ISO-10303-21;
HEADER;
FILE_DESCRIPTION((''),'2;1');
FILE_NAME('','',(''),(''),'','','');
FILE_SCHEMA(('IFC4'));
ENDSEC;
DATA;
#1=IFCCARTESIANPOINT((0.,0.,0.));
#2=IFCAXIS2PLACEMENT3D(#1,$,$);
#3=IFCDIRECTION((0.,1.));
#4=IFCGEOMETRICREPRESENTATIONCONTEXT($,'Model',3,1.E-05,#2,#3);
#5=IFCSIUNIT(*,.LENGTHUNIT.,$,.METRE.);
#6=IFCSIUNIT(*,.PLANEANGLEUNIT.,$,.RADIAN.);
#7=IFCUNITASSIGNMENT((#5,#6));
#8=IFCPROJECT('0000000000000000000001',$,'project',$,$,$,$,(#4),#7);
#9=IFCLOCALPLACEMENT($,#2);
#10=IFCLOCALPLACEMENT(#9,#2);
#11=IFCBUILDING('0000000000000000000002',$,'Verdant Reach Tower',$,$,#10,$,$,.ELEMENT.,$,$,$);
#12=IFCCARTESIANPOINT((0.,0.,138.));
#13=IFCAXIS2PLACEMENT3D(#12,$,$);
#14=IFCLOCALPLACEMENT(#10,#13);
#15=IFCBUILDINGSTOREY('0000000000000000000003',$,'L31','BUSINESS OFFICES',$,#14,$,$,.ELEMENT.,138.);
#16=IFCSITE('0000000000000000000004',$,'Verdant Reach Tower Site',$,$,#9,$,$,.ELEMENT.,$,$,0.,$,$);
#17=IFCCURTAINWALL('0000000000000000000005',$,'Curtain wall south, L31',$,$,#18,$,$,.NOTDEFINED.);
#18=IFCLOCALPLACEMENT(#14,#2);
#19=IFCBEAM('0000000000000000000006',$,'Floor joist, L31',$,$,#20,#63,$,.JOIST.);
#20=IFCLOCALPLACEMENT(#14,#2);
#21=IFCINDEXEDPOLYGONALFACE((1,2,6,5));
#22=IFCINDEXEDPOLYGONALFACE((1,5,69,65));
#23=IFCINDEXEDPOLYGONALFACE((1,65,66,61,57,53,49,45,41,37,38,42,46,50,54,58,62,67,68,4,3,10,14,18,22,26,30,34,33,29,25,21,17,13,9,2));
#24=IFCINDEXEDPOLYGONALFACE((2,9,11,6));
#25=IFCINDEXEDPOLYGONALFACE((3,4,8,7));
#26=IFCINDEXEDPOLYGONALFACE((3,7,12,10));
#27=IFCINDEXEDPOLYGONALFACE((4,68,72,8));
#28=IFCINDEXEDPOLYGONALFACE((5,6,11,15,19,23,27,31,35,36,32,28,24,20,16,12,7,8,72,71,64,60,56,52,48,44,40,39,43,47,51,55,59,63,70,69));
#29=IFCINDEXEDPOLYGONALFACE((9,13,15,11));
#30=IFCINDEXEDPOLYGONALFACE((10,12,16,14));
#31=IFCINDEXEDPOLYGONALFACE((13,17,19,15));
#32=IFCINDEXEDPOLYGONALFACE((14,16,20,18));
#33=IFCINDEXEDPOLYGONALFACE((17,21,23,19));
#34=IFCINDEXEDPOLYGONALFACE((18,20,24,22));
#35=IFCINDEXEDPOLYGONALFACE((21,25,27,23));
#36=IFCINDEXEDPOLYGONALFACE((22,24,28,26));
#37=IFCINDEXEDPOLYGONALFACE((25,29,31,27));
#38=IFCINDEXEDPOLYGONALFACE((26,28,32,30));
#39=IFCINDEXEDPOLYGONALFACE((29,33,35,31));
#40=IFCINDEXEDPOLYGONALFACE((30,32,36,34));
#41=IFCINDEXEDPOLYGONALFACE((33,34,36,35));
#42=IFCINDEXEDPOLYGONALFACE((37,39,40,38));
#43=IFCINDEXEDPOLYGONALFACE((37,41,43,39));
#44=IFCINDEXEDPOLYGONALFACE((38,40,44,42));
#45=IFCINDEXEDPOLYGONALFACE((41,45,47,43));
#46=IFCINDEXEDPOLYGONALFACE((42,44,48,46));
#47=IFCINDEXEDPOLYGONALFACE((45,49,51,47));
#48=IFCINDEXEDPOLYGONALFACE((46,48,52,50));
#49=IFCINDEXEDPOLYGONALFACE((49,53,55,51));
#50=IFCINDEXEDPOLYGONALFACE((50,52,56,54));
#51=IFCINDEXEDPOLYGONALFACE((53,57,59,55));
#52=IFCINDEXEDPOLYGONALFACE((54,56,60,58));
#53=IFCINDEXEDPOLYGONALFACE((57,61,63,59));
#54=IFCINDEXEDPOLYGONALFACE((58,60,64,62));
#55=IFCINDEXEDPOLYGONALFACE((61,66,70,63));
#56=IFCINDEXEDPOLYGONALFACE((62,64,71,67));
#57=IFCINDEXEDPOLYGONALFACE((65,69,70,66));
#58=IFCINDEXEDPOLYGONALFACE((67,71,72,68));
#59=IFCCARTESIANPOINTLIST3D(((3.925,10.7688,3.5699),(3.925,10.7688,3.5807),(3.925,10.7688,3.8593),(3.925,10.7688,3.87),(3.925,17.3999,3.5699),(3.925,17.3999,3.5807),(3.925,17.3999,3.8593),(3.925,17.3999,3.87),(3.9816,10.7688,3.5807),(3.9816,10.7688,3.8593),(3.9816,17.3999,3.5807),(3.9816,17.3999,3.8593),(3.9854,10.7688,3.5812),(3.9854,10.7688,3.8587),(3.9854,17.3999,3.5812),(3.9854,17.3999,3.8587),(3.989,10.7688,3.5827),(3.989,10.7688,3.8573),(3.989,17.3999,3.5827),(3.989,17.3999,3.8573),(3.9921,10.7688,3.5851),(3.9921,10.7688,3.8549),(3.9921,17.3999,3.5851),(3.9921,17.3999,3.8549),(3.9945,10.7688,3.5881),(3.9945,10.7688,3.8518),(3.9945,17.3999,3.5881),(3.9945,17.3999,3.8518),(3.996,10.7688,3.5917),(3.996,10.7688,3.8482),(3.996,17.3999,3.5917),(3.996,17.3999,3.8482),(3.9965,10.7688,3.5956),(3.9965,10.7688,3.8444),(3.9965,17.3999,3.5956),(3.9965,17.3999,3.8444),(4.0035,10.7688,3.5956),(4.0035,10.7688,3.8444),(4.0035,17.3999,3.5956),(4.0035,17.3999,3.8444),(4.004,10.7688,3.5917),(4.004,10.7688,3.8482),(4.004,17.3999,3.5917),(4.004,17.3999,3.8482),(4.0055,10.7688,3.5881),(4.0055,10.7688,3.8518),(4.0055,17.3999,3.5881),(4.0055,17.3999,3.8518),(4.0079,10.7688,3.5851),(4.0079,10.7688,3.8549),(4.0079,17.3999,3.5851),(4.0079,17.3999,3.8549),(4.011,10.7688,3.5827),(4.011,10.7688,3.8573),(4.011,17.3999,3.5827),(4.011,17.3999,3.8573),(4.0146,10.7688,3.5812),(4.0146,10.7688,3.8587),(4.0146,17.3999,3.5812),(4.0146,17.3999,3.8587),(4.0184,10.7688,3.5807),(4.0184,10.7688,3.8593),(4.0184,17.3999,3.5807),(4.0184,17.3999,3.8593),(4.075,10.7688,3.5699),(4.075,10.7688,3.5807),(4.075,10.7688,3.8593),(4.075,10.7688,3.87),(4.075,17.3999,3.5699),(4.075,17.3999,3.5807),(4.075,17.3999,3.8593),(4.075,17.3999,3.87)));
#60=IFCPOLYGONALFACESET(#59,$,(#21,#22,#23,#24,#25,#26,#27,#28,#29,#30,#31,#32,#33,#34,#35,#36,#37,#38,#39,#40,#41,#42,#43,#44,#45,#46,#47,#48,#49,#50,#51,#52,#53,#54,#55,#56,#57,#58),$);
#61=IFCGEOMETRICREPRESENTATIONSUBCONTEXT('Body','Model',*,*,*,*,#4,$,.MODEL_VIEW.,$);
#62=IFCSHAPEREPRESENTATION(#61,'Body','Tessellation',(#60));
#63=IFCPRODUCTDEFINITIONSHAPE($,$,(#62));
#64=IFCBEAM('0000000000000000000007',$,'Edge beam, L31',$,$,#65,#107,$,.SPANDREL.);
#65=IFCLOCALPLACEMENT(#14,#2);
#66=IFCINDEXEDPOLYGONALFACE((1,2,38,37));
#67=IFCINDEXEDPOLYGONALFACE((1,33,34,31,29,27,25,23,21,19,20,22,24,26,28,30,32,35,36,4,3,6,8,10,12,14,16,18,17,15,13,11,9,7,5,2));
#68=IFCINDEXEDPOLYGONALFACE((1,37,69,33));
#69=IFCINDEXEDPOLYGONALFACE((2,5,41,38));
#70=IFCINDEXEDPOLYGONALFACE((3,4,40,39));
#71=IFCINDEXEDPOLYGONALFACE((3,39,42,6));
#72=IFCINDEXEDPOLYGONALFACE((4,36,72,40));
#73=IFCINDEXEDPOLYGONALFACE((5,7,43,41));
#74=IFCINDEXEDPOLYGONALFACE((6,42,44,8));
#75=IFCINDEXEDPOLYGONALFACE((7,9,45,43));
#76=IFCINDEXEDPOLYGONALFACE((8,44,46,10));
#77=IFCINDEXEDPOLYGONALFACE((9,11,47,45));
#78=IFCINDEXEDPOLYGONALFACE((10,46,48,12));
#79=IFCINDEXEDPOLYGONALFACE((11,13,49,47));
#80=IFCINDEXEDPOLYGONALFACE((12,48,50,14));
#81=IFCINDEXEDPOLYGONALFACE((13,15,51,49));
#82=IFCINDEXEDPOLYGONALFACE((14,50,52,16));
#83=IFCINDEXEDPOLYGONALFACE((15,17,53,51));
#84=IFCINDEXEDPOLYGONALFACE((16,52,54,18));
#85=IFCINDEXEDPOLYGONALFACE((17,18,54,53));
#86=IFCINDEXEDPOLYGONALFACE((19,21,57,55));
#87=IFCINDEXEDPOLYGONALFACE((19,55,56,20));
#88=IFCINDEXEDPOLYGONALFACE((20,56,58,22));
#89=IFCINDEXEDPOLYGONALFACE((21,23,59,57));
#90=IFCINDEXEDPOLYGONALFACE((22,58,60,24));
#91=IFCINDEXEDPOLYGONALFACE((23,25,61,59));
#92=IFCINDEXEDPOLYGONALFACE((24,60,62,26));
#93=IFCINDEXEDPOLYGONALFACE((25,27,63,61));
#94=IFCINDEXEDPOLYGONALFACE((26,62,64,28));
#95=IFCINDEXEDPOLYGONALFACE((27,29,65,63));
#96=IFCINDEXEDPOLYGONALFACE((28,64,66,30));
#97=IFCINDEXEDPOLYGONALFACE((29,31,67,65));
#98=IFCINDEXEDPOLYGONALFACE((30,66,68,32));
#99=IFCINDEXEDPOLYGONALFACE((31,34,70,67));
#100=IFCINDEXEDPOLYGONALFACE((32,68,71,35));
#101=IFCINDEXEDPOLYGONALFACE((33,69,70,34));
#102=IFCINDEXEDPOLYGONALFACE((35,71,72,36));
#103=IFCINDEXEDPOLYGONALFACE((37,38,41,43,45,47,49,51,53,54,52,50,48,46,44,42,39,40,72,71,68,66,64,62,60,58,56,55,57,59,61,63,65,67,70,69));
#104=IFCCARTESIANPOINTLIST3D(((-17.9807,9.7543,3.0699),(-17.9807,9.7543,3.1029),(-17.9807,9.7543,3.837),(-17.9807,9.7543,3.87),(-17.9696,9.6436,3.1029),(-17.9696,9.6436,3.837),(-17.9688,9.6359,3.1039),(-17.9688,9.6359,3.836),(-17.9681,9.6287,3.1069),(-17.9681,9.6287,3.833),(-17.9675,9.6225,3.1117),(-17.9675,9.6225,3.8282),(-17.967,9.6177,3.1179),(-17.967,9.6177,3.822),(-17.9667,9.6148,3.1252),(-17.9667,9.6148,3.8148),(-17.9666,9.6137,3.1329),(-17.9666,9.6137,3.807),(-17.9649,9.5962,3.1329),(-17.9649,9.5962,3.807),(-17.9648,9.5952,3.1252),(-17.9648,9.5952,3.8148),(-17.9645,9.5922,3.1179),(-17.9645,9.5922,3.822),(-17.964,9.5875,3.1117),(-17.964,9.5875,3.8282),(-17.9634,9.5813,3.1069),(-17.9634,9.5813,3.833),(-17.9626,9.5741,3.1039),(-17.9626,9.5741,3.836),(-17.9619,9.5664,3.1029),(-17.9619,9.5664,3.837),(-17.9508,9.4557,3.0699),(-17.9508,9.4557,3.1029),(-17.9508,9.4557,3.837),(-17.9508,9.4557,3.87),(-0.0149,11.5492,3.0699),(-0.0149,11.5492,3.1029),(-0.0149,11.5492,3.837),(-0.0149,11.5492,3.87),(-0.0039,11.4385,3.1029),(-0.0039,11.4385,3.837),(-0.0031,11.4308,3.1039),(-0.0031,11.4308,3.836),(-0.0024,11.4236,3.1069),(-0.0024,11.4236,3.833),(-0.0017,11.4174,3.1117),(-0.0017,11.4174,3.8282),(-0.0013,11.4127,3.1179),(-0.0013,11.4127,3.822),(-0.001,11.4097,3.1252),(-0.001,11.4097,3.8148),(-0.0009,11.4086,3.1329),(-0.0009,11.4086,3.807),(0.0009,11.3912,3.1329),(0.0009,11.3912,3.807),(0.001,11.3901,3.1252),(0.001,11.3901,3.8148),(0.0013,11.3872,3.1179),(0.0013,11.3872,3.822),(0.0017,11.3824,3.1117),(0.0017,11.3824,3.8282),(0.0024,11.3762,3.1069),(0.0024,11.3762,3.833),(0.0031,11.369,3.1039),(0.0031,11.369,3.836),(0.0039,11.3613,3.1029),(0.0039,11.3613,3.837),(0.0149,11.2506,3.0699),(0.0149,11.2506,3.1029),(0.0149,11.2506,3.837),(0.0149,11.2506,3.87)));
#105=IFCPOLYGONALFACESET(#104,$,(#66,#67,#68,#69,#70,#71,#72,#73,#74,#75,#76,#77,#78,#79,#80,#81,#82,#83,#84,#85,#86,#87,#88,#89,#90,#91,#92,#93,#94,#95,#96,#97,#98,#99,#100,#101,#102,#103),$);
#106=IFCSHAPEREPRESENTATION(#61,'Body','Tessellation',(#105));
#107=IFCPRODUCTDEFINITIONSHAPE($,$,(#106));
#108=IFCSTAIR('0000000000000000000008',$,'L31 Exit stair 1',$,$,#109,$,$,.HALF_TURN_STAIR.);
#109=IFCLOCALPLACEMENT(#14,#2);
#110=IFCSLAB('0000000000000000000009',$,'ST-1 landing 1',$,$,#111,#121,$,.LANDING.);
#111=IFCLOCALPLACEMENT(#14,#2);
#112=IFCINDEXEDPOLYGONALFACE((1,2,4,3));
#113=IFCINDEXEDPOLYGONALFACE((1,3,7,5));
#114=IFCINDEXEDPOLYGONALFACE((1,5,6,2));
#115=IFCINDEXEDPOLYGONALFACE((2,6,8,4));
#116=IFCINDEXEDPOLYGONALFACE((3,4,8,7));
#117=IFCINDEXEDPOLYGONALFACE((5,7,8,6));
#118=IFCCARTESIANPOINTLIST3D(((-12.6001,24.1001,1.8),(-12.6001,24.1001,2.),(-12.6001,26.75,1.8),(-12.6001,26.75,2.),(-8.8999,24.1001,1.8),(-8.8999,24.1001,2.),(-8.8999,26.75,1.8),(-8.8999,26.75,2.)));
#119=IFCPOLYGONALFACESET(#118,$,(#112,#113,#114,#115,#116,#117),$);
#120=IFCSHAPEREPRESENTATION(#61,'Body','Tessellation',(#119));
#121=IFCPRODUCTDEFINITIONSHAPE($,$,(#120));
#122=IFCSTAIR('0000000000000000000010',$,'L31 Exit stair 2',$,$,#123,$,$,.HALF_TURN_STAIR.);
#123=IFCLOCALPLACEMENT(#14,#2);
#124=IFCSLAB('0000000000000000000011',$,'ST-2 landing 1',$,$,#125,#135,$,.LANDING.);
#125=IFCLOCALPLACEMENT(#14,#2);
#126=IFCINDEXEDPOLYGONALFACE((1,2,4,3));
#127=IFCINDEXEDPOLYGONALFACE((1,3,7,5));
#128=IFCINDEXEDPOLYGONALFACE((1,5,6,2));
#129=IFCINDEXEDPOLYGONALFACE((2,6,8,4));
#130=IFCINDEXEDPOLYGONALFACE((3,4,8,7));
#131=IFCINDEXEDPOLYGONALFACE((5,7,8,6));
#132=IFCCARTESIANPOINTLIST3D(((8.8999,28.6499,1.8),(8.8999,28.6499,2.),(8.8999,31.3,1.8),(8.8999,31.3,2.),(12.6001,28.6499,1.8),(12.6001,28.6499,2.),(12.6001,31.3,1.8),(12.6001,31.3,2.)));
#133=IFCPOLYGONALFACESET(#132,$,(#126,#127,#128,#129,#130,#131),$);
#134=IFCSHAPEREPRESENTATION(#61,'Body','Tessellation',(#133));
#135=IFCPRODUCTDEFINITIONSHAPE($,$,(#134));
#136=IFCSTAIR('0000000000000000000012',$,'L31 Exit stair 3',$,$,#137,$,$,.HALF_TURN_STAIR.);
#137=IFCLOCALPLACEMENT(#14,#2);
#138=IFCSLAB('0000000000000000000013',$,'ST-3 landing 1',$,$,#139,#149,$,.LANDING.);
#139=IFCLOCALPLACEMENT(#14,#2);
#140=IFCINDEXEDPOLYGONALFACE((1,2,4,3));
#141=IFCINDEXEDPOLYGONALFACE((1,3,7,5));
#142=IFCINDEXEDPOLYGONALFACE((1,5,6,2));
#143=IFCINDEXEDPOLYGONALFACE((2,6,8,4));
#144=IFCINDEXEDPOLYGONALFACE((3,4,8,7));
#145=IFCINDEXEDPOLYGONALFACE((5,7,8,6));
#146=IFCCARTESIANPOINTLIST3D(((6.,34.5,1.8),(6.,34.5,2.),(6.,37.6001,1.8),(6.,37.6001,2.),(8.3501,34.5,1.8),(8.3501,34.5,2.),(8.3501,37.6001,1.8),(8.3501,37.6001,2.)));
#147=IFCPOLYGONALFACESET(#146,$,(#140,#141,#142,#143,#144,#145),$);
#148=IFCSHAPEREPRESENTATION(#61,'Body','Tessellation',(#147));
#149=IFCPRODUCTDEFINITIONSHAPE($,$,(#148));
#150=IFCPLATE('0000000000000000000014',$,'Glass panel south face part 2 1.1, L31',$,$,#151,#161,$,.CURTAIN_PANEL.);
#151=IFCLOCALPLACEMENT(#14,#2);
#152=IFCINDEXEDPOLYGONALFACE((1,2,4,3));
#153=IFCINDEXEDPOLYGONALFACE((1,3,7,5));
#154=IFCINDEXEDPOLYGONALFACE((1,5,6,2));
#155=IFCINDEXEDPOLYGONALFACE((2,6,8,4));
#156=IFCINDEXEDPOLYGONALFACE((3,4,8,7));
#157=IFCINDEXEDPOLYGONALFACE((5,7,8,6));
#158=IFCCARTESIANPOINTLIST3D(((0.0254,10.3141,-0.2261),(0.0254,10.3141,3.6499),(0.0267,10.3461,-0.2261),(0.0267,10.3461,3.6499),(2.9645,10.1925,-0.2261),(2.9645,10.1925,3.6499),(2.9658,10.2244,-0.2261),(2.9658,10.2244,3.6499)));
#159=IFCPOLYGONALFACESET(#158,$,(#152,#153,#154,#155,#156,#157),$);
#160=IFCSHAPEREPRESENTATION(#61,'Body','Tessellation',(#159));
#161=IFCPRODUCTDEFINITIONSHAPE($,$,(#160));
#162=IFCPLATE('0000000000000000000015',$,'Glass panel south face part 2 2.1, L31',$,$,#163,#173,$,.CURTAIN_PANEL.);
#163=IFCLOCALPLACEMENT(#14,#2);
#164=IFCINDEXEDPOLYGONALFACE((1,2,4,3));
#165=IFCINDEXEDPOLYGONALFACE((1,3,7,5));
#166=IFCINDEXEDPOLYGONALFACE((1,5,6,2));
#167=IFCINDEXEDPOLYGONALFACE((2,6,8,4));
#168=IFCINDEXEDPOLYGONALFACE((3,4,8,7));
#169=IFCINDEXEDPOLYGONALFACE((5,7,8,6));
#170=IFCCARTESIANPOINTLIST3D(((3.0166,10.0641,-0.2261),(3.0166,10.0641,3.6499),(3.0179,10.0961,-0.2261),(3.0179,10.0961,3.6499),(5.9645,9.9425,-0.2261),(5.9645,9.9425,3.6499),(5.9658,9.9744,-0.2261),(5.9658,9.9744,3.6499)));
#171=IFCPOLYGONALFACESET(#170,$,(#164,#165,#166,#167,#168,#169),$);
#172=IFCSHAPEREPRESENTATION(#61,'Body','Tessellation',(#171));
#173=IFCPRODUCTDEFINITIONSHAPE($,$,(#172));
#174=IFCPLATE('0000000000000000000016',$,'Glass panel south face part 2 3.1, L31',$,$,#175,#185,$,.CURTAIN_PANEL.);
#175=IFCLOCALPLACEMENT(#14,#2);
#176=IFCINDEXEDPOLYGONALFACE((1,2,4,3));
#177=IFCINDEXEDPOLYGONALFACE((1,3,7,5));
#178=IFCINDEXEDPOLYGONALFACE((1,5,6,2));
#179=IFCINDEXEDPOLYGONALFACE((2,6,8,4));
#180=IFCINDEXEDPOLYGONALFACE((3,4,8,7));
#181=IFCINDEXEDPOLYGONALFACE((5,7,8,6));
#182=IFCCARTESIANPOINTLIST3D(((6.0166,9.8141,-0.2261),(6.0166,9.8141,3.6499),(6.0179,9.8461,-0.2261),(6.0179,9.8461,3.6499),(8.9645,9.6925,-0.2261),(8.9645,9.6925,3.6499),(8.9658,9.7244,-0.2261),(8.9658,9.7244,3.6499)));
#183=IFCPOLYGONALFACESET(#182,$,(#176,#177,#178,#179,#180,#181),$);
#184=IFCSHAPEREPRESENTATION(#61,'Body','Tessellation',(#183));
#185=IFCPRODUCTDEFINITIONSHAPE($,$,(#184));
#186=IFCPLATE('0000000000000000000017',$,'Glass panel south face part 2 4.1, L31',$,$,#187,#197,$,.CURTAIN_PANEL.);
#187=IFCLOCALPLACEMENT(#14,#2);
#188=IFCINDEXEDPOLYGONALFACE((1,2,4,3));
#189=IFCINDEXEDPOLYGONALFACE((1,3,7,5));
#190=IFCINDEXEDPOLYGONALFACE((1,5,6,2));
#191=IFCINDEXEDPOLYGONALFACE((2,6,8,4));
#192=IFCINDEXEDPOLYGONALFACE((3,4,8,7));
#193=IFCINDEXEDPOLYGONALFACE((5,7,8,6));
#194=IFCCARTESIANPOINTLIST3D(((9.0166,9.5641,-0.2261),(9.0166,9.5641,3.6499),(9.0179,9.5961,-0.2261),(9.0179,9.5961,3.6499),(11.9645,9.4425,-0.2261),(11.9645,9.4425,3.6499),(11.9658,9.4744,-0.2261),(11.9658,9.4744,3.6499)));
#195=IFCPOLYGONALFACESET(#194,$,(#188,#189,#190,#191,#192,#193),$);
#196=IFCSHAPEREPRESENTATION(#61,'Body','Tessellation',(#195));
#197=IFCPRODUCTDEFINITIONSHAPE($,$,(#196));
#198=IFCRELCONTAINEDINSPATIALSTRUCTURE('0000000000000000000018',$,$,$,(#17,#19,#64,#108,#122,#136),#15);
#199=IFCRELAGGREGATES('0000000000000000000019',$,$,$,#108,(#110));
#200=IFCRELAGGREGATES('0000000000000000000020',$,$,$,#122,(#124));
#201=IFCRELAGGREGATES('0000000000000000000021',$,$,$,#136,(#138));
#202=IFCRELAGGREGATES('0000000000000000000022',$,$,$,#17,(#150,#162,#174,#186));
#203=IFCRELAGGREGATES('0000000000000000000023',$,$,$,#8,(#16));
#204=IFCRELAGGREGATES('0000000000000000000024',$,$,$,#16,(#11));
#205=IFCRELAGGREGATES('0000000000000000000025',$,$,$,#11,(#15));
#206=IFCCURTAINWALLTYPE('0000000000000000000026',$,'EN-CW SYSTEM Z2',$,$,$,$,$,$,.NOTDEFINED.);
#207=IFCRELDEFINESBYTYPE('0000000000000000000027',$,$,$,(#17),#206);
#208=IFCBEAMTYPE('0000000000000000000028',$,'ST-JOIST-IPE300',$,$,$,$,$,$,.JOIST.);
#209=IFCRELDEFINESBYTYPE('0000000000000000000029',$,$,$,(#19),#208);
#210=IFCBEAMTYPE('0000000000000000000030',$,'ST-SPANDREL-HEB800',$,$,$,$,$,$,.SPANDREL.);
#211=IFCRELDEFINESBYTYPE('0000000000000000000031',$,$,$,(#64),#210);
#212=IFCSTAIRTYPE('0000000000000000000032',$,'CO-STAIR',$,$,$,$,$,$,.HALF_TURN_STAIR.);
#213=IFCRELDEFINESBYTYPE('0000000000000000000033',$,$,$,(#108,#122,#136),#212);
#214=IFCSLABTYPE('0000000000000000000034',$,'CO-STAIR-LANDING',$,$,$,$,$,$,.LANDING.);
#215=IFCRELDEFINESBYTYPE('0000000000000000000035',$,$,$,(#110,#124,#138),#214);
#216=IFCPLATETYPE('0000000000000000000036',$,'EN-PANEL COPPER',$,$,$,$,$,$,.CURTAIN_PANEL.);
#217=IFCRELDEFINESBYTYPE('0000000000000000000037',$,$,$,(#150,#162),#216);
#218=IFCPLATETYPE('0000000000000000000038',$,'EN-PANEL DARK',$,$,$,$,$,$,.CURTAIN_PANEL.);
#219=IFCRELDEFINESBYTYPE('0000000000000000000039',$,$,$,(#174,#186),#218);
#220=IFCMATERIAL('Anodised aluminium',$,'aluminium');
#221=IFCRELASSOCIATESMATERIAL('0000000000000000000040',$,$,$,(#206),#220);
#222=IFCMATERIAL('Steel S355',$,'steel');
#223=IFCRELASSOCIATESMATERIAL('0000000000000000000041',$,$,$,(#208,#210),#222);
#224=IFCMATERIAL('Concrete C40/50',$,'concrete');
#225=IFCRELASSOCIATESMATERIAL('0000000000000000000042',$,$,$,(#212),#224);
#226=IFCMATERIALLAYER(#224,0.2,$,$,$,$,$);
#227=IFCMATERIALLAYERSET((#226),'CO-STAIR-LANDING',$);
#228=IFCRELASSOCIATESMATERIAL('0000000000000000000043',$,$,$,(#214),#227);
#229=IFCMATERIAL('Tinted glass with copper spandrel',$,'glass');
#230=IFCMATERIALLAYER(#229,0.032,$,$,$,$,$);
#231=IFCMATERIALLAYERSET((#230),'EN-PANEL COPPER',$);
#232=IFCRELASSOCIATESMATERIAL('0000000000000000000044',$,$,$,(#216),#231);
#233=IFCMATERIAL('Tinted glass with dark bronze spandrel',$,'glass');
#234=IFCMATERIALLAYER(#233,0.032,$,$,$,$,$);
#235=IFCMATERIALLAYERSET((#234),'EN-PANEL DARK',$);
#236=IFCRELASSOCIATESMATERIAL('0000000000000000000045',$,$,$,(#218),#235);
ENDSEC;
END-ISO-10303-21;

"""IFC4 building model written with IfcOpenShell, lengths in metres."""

from ifc_helpers import new_model, si_unit, direction, frame, origin, origin_2d, place, context, subcontext, project, spatial, polyline, rectangle, i_section, outline, extrude, material, layer, layer_set, material_profile, profile_set, type_object, element, aggregate, save


model = new_model("IFC4")

# Units and contexts
model_context = context("Model", 3, precision=1e-05, world=origin(), true_north=direction((0.0, 1.0)))
body_context = subcontext(model_context, "Body", "Model", "MODEL_VIEW")
ifc_project = project(units=[si_unit("LENGTHUNIT", "METRE"), si_unit("PLANEANGLEUNIT", "RADIAN")], contexts=[model_context])

# Site, building, storey
site_placement = place(None, origin())
site = spatial("IfcSite", under=ifc_project, at=site_placement, Name="Verdant Reach Tower Site", CompositionType="ELEMENT", RefElevation=0.0)
building_placement = place(site_placement, origin())
building = spatial("IfcBuilding", under=site, at=building_placement, Name="Verdant Reach Tower", CompositionType="ELEMENT")
storey_placement = place(building_placement, frame((0.0, 0.0, 138.0)))
storey = spatial("IfcBuildingStorey", under=building, at=storey_placement, Name="L31", Description="BUSINESS OFFICES", CompositionType="ELEMENT", Elevation=138.0)

# Curtain wall
ifc_material_1 = material(Name="Anodised aluminium", Category="aluminium")
curtain_wall_type = type_object("IfcCurtainWallType", Name="EN-CW SYSTEM Z2", PredefinedType="NOTDEFINED", material=ifc_material_1)
curtain_wall_placement = place(storey_placement, origin())
curtain_wall = element("IfcCurtainWall", 1, at=curtain_wall_placement, inside=storey, type_object=curtain_wall_type, Name="Curtain wall south, L31", PredefinedType="NOTDEFINED")

# Beams
ifc_material_2 = material(Name="Steel S355", Category="steel")
ifc_material_profile_1 = material_profile(ifc_material_2, i_section(OverallWidth=0.1499, OverallDepth=0.3, WebThickness=0.0071, FlangeThickness=0.0107, FilletRadius=0.0149, at=origin_2d()), Name="IPE 300")
ifc_profile_set_1 = profile_set([ifc_material_profile_1], Name="Steel S355")
beam_type_1 = type_object("IfcBeamType", Name="ST-JOIST-IPE300", PredefinedType="JOIST", material=ifc_profile_set_1)
beam_1_placement = place(storey_placement, frame((4.0, 17.3999, 3.72), z_axis=(0.0, -1.0, 0.0), x_axis=(1.0, 0.0, 0.0)))
element("IfcBeam", 2, at=beam_1_placement, inside=storey, type_object=beam_type_1, Name="Floor joist, L31", PredefinedType="JOIST", context=body_context, shape_type="SweptSolid", body=[
    extrude(i_section(OverallWidth=0.1499, OverallDepth=0.3, WebThickness=0.0071, FlangeThickness=0.0107, FilletRadius=0.0149, at=origin_2d()), origin(), (0.0, 0.0, 1.0), 6.6311),
])
ifc_material_profile_2 = material_profile(ifc_material_2, i_section(OverallWidth=0.3, OverallDepth=0.8, WebThickness=0.0176, FlangeThickness=0.033, FilletRadius=0.03, at=origin_2d()), Name="HEB 800")
ifc_profile_set_2 = profile_set([ifc_material_profile_2], Name="Steel S355")
beam_type_2 = type_object("IfcBeamType", Name="ST-SPANDREL-HEB800", PredefinedType="SPANDREL", material=ifc_profile_set_2)
beam_2_placement = place(storey_placement, frame((0.0, 11.3999, 3.47), z_axis=(-0.995046, -0.099413, 0.0), x_axis=(0.099413, -0.995046, 0.0)))
element("IfcBeam", 3, at=beam_2_placement, inside=storey, type_object=beam_type_2, Name="Edge beam, L31", PredefinedType="SPANDREL", context=body_context, shape_type="SweptSolid", body=[
    extrude(i_section(OverallWidth=0.3, OverallDepth=0.8, WebThickness=0.0176, FlangeThickness=0.033, FilletRadius=0.03, at=origin_2d()), origin(), (0.0, 0.0, 1.0), 18.0552),
])

# Stairs, slabs
ifc_material_3 = material(Name="Concrete C40/50", Category="concrete")
stair_type = type_object("IfcStairType", Name="CO-STAIR", PredefinedType="HALF_TURN_STAIR", material=ifc_material_3)
stair_1_placement = place(storey_placement, origin())
stair_1 = element("IfcStair", 4, at=stair_1_placement, inside=storey, type_object=stair_type, Name="L31 Exit stair 1", PredefinedType="HALF_TURN_STAIR")
ifc_layer_1 = layer(ifc_material_3, 0.2)
ifc_layer_set_1 = layer_set([ifc_layer_1], Name="CO-STAIR-LANDING")
slab_type = type_object("IfcSlabType", Name="CO-STAIR-LANDING", PredefinedType="LANDING", material=ifc_layer_set_1)
slab_1_placement = place(storey_placement, frame((0.0, 0.0, 1.8)))
slab_1 = element("IfcSlab", 5, at=slab_1_placement, type_object=slab_type, Name="ST-1 landing 1", PredefinedType="LANDING", context=body_context, shape_type="SweptSolid", body=[
    extrude(outline(polyline([(-12.6001, 26.75), (-12.6001, 24.1001), (-8.8999, 24.1001), (-8.8999, 26.75), (-12.6001, 26.75)])), origin(), (0.0, 0.0, 1.0), 0.2),
])
aggregate(stair_1, [slab_1])
stair_2_placement = place(storey_placement, origin())
stair_2 = element("IfcStair", 6, at=stair_2_placement, inside=storey, type_object=stair_type, Name="L31 Exit stair 2", PredefinedType="HALF_TURN_STAIR")
slab_2_placement = place(storey_placement, frame((0.0, 0.0, 1.8)))
slab_2 = element("IfcSlab", 7, at=slab_2_placement, type_object=slab_type, Name="ST-2 landing 1", PredefinedType="LANDING", context=body_context, shape_type="SweptSolid", body=[
    extrude(outline(polyline([(12.6001, 28.6499), (12.6001, 31.3), (8.8999, 31.3), (8.8999, 28.6499), (12.6001, 28.6499)])), origin(), (0.0, 0.0, 1.0), 0.2),
])
aggregate(stair_2, [slab_2])
stair_3_placement = place(storey_placement, origin())
stair_3 = element("IfcStair", 8, at=stair_3_placement, inside=storey, type_object=stair_type, Name="L31 Exit stair 3", PredefinedType="HALF_TURN_STAIR")
slab_3_placement = place(storey_placement, frame((0.0, 0.0, 1.8)))
slab_3 = element("IfcSlab", 9, at=slab_3_placement, type_object=slab_type, Name="ST-3 landing 1", PredefinedType="LANDING", context=body_context, shape_type="SweptSolid", body=[
    extrude(outline(polyline([(8.3501, 37.6001), (6.0, 37.6001), (6.0, 34.5), (8.3501, 34.5), (8.3501, 37.6001)])), origin(), (0.0, 0.0, 1.0), 0.2),
])
aggregate(stair_3, [slab_3])

# Plates
ifc_material_4 = material(Name="Tinted glass with copper spandrel", Category="glass")
ifc_layer_2 = layer(ifc_material_4, 0.032)
ifc_layer_set_2 = layer_set([ifc_layer_2], Name="EN-PANEL COPPER")
plate_type_1 = type_object("IfcPlateType", Name="EN-PANEL COPPER", PredefinedType="CURTAIN_PANEL", material=ifc_layer_set_2)
plate_1_placement = place(storey_placement, frame((1.4956, 10.2693, -0.2261), z_axis=(0.0, 0.0, 1.0), x_axis=(0.999144, -0.041364, 0.0)))
plate_1 = element("IfcPlate", 10, at=plate_1_placement, type_object=plate_type_1, Name="Glass panel south face part 2 1.1, L31", PredefinedType="CURTAIN_PANEL", context=body_context, shape_type="SweptSolid", body=[
    extrude(rectangle(XDim=2.9417, YDim=0.032, at=origin_2d()), origin(), (0.0, 0.0, 1.0), 3.876),
])
plate_2_placement = place(storey_placement, frame((4.4912, 10.0193, -0.2261), z_axis=(0.0, 0.0, 1.0), x_axis=(0.999149, -0.041242, 0.0)))
plate_2 = element("IfcPlate", 11, at=plate_2_placement, type_object=plate_type_1, Name="Glass panel south face part 2 2.1, L31", PredefinedType="CURTAIN_PANEL", context=body_context, shape_type="SweptSolid", body=[
    extrude(rectangle(XDim=2.9504, YDim=0.032, at=origin_2d()), origin(), (0.0, 0.0, 1.0), 3.876),
])
ifc_material_5 = material(Name="Tinted glass with dark bronze spandrel", Category="glass")
ifc_layer_3 = layer(ifc_material_5, 0.032)
ifc_layer_set_3 = layer_set([ifc_layer_3], Name="EN-PANEL DARK")
plate_type_2 = type_object("IfcPlateType", Name="EN-PANEL DARK", PredefinedType="CURTAIN_PANEL", material=ifc_layer_set_3)
plate_3_placement = place(storey_placement, frame((7.4912, 9.7693, -0.2261), z_axis=(0.0, 0.0, 1.0), x_axis=(0.999149, -0.041242, 0.0)))
plate_3 = element("IfcPlate", 12, at=plate_3_placement, type_object=plate_type_2, Name="Glass panel south face part 2 3.1, L31", PredefinedType="CURTAIN_PANEL", context=body_context, shape_type="SweptSolid", body=[
    extrude(rectangle(XDim=2.9504, YDim=0.032, at=origin_2d()), origin(), (0.0, 0.0, 1.0), 3.876),
])
plate_4_placement = place(storey_placement, frame((10.4912, 9.5193, -0.2261), z_axis=(0.0, 0.0, 1.0), x_axis=(0.999149, -0.041242, 0.0)))
plate_4 = element("IfcPlate", 13, at=plate_4_placement, type_object=plate_type_2, Name="Glass panel south face part 2 4.1, L31", PredefinedType="CURTAIN_PANEL", context=body_context, shape_type="SweptSolid", body=[
    extrude(rectangle(XDim=2.9504, YDim=0.032, at=origin_2d()), origin(), (0.0, 0.0, 1.0), 3.876),
])
aggregate(curtain_wall, [plate_1, plate_2, plate_3, plate_4])

save(model, "model.ifc")
